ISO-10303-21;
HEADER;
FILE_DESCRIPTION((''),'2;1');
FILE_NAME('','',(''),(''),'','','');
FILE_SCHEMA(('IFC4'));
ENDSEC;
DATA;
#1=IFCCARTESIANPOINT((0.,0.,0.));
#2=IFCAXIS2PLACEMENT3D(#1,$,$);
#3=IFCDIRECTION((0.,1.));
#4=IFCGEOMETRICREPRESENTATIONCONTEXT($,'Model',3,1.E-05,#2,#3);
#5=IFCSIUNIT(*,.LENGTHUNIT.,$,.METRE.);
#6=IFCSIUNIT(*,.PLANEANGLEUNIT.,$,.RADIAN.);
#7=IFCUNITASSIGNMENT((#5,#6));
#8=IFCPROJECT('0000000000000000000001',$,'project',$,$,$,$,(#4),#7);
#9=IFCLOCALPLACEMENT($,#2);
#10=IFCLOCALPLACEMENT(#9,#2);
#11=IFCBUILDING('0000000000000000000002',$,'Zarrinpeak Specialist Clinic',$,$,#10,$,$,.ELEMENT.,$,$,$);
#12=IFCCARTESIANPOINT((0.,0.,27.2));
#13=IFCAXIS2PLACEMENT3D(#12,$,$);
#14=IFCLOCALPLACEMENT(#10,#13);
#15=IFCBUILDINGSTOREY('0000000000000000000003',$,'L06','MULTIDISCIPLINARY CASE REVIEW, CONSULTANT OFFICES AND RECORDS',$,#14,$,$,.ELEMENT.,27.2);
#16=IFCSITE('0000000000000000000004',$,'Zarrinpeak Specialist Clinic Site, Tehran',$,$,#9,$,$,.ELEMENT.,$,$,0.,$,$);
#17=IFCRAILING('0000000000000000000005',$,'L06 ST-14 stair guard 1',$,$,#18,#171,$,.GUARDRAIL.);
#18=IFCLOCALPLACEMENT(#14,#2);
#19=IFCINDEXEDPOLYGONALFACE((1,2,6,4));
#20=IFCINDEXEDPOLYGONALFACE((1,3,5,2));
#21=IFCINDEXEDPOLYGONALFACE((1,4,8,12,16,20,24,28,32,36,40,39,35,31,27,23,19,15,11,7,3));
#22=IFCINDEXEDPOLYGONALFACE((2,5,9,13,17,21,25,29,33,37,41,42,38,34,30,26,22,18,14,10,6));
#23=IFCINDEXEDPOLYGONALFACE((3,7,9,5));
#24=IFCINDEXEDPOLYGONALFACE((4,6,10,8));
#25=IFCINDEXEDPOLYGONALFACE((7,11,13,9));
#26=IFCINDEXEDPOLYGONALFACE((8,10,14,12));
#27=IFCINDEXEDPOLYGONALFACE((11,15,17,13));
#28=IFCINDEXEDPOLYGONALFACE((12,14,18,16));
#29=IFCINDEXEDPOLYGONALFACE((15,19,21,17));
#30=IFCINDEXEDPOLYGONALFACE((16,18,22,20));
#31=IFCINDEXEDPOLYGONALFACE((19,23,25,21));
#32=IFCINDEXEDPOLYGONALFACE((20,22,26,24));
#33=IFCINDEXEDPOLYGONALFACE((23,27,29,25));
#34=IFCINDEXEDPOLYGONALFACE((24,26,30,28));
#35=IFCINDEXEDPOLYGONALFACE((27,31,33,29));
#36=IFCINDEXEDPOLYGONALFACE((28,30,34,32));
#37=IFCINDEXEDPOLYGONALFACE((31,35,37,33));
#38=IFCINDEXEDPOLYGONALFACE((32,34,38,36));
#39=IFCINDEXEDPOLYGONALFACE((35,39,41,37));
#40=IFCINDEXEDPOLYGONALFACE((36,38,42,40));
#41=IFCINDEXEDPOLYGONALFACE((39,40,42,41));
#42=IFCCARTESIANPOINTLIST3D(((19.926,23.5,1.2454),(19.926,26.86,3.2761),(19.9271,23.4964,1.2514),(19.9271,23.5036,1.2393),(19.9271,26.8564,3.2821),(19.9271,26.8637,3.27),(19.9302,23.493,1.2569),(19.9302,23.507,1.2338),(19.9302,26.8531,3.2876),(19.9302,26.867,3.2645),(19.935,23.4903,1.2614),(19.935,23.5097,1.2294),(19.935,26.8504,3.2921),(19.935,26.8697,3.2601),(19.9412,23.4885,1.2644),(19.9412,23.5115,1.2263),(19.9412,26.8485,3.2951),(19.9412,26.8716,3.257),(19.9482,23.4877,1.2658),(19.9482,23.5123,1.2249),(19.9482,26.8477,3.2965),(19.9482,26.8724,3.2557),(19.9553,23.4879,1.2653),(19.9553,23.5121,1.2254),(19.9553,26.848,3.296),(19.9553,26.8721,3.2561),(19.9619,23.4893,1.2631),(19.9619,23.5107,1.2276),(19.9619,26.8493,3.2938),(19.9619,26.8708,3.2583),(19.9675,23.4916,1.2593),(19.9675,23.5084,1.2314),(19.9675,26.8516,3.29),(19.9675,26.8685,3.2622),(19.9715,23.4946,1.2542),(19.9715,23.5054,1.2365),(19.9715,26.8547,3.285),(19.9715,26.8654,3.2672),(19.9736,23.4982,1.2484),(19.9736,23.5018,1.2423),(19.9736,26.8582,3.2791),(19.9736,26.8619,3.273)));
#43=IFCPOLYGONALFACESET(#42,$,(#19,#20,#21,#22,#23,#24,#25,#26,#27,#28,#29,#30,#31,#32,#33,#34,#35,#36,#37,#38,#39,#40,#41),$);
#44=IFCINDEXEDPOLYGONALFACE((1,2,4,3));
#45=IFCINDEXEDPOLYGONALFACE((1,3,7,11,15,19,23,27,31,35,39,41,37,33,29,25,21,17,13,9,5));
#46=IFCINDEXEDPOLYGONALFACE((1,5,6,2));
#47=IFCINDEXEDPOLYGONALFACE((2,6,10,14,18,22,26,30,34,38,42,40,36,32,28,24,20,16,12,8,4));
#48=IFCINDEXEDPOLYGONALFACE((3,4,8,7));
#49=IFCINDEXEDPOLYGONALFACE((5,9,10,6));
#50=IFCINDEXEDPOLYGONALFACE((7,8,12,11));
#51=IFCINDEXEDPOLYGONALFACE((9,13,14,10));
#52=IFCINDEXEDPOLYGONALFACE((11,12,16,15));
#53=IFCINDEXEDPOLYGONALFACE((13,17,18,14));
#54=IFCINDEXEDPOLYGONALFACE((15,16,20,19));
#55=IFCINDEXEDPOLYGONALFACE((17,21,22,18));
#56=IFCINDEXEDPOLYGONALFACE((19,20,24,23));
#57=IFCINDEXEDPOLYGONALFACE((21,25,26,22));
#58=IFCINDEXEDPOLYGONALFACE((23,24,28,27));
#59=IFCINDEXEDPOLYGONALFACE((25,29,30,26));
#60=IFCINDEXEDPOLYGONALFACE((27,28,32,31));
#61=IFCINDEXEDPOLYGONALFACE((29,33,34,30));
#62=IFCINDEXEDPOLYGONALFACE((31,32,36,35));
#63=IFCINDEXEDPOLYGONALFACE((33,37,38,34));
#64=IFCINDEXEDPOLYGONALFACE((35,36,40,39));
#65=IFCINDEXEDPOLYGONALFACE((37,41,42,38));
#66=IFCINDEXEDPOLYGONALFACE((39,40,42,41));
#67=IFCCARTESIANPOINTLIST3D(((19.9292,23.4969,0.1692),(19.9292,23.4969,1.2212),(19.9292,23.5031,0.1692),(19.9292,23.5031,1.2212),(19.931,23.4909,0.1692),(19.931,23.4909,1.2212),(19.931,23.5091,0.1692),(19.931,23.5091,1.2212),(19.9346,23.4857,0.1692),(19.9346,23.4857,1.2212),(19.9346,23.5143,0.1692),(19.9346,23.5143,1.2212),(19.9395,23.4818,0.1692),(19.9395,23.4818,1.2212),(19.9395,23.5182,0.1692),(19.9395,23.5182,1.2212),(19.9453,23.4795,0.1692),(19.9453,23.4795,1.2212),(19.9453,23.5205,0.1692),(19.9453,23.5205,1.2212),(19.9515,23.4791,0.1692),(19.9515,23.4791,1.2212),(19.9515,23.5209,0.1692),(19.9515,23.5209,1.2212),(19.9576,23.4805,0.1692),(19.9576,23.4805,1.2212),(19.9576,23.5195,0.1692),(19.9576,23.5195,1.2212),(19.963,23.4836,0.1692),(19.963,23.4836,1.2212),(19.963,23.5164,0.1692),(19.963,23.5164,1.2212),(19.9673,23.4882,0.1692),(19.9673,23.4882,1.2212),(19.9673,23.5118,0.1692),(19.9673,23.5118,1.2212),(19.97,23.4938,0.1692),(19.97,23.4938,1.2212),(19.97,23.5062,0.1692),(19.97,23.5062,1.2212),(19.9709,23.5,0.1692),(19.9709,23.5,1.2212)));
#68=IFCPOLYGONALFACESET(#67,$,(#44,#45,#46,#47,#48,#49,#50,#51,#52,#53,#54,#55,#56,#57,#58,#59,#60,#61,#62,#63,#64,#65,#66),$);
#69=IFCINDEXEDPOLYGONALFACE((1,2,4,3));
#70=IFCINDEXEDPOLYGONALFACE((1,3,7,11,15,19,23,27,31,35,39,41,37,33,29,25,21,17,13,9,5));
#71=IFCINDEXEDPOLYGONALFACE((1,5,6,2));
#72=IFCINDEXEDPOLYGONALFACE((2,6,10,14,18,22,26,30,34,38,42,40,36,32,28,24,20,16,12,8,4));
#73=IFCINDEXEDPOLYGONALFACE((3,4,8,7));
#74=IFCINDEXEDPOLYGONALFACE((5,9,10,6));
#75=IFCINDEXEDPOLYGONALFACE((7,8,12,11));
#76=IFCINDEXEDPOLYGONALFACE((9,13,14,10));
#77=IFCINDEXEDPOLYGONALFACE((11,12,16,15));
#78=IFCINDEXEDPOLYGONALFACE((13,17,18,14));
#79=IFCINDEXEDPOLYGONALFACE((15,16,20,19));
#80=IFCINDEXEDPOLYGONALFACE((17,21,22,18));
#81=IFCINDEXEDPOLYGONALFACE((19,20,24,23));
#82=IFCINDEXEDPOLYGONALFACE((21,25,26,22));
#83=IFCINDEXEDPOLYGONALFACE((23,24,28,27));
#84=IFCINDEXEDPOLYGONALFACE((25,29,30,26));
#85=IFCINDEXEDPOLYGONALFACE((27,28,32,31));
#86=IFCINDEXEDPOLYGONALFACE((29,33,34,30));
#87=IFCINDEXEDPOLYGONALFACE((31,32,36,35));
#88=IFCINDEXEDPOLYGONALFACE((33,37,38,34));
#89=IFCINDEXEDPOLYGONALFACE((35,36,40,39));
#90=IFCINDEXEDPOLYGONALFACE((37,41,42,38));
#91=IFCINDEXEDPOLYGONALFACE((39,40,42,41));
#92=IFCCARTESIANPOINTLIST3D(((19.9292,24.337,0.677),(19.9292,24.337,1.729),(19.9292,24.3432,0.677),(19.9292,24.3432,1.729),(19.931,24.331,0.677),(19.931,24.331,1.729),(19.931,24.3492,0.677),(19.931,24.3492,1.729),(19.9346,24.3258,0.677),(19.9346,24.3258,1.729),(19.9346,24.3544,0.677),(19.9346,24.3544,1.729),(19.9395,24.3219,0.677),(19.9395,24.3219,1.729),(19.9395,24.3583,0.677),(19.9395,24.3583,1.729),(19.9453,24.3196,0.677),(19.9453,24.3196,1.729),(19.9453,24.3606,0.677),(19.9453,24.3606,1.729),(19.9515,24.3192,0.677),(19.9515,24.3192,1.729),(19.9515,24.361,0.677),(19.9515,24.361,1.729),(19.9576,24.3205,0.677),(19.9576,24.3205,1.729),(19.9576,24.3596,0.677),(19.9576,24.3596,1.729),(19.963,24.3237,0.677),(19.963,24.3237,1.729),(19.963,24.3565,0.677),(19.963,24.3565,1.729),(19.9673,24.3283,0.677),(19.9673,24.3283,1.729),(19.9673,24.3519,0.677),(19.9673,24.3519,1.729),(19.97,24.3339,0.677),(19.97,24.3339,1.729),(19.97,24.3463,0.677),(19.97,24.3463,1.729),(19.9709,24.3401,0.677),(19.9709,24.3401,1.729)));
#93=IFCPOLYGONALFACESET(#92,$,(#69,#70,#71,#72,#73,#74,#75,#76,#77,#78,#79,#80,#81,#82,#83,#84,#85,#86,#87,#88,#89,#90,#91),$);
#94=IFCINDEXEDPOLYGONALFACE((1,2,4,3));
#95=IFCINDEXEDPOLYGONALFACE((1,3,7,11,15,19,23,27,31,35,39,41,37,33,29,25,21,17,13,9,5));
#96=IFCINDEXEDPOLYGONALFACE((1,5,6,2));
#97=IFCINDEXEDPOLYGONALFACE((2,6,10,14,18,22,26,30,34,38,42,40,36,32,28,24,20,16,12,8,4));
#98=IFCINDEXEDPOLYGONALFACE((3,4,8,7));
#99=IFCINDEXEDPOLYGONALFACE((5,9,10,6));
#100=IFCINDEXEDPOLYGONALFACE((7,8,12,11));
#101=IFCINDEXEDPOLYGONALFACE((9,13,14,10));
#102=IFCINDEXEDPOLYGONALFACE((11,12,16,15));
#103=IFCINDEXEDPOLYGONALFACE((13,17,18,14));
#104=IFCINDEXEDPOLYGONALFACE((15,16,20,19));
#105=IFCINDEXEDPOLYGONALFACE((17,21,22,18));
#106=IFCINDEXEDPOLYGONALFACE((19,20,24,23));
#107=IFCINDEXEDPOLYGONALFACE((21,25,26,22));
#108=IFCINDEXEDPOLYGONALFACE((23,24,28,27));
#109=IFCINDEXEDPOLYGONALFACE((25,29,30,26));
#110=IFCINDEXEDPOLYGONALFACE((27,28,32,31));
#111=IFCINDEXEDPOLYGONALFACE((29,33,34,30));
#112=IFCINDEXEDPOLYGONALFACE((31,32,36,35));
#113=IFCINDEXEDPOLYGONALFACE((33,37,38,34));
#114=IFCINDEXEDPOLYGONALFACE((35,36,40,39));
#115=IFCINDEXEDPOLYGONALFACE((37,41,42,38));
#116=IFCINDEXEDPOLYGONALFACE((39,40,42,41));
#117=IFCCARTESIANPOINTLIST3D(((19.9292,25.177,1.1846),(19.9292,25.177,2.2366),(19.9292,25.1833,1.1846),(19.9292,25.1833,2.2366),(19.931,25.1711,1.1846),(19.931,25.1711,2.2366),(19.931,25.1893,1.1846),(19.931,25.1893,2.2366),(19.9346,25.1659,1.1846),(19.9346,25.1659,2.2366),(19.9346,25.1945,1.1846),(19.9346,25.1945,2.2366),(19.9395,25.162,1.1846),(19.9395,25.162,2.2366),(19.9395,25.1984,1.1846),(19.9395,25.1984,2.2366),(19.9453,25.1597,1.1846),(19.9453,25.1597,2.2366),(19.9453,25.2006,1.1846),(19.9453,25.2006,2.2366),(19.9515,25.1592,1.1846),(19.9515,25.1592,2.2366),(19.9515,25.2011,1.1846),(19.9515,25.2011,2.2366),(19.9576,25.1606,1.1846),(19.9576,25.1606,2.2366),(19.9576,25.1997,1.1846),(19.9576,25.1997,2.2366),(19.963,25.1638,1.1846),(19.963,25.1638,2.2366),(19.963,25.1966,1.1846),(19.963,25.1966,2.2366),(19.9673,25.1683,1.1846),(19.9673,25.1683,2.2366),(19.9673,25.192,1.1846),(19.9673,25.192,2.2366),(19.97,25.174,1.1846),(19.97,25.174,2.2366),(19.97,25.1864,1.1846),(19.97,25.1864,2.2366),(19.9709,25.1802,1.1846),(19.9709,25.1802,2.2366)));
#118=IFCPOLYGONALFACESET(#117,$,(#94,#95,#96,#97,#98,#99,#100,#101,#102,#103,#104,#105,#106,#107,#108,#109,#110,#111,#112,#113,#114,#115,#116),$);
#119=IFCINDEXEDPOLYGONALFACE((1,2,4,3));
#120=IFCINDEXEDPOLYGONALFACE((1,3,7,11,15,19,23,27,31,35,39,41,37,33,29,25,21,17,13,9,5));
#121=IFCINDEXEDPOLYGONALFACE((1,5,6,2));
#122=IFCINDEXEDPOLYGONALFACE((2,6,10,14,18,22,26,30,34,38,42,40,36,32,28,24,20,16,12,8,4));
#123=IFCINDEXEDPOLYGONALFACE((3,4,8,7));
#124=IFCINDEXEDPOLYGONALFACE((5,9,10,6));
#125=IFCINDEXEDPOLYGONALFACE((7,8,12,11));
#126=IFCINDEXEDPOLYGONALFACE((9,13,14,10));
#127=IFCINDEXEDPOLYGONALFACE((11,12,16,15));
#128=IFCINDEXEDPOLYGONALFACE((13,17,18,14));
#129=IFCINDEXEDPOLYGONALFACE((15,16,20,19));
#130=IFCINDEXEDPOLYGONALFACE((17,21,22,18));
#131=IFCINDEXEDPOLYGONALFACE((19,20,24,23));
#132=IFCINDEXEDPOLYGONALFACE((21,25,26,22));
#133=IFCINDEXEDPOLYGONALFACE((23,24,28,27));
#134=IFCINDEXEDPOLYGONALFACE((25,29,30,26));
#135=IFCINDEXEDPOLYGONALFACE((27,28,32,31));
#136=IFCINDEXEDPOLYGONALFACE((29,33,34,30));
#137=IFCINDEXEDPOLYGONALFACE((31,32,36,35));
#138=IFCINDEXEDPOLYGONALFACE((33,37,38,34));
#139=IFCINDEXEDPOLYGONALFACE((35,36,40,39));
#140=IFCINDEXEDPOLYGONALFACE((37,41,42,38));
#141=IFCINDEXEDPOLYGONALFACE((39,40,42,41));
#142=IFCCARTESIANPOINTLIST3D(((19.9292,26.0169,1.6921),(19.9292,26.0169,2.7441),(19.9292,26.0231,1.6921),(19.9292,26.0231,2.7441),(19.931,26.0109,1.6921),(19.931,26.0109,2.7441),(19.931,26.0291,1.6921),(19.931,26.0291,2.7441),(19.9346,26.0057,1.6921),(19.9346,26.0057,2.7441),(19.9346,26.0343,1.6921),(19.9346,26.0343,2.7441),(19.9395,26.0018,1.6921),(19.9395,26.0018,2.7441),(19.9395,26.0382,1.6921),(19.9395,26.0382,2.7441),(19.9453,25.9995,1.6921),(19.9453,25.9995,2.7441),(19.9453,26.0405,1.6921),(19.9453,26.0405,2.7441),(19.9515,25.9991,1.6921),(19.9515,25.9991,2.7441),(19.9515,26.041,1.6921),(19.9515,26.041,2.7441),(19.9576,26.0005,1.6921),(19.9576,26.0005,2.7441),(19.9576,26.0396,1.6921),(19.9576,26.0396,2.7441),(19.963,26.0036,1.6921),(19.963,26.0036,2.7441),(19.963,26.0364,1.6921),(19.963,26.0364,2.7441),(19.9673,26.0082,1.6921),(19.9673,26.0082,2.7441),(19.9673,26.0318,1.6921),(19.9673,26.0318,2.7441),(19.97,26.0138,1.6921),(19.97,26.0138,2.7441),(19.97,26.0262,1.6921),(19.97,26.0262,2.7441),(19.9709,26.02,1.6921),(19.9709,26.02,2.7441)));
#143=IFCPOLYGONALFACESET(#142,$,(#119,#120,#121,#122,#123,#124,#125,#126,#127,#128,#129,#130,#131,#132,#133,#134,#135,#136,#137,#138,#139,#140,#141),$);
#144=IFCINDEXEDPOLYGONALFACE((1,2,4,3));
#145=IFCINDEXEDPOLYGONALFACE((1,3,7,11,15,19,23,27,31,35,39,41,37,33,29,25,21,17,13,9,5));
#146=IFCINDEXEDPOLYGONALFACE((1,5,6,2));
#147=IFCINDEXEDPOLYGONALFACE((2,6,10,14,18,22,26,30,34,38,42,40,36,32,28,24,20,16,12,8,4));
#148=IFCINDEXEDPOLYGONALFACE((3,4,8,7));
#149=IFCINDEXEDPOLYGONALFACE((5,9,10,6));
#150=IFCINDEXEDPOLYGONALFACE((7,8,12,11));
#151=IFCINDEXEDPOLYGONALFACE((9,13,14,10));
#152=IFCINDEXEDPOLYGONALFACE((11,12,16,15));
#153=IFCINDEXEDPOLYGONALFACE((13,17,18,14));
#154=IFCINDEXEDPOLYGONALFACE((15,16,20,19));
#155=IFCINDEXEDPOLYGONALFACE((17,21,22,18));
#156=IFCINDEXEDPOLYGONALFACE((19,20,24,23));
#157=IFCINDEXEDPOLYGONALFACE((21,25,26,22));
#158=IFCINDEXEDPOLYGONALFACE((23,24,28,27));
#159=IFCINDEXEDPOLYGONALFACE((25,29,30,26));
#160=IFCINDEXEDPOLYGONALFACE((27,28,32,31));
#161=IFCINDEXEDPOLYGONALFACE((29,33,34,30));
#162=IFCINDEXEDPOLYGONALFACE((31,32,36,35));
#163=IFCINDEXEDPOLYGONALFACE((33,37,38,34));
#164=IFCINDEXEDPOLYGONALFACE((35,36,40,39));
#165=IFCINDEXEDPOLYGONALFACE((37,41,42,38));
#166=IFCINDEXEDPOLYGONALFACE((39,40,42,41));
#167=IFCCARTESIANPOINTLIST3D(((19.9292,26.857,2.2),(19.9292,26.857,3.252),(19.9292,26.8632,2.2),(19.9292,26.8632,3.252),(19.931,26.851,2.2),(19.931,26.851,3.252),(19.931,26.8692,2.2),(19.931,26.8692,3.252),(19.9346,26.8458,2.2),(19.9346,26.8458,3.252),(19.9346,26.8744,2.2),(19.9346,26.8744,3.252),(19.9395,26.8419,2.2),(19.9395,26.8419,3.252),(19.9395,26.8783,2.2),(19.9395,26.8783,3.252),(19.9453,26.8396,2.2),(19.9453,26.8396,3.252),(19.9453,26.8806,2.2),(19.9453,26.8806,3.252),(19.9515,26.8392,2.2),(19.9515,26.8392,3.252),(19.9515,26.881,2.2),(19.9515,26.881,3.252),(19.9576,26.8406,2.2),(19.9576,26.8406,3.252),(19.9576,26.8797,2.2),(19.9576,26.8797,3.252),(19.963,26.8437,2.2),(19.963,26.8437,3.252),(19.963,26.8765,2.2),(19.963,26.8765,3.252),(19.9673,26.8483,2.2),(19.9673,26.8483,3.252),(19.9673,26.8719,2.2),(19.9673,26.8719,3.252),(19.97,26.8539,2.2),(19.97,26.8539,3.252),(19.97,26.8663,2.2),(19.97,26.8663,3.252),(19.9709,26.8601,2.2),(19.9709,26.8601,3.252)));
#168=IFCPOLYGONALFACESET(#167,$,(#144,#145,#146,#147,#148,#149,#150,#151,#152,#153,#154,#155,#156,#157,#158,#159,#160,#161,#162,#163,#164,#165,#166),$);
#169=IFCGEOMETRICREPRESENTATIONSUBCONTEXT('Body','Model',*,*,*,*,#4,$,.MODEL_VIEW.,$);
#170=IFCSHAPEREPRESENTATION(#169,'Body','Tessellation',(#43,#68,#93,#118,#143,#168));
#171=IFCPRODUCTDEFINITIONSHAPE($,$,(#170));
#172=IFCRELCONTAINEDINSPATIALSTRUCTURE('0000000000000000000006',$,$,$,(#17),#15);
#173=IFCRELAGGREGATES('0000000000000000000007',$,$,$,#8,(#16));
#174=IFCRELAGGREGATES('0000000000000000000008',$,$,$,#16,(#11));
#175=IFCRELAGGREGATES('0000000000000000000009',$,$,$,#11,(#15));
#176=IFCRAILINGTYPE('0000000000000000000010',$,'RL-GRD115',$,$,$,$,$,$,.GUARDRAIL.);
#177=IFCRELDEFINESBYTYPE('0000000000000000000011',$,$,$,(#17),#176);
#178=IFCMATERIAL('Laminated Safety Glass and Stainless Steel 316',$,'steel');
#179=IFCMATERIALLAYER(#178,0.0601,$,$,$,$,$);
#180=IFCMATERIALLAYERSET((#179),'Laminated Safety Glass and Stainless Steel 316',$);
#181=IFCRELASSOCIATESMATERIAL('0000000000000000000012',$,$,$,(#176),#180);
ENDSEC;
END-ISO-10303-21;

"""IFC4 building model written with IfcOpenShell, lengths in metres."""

from ifc_helpers import new_model, si_unit, direction, frame, origin, origin_2d, place, context, subcontext, project, spatial, circle, extrude, material, layer, layer_set, type_object, element, save


model = new_model("IFC4")

# Units and contexts
model_context = context("Model", 3, precision=1e-05, world=origin(), true_north=direction((0.0, 1.0)))
body_context = subcontext(model_context, "Body", "Model", "MODEL_VIEW")
ifc_project = project(units=[si_unit("LENGTHUNIT", "METRE"), si_unit("PLANEANGLEUNIT", "RADIAN")], contexts=[model_context])

# Site, building, storey
site_placement = place(None, origin())
site = spatial("IfcSite", under=ifc_project, at=site_placement, Name="Zarrinpeak Specialist Clinic Site, Tehran", CompositionType="ELEMENT", RefElevation=0.0)
building_placement = place(site_placement, origin())
building = spatial("IfcBuilding", under=site, at=building_placement, Name="Zarrinpeak Specialist Clinic", CompositionType="ELEMENT")
storey_placement = place(building_placement, frame((0.0, 0.0, 27.2)))
storey = spatial("IfcBuildingStorey", under=building, at=storey_placement, Name="L06", Description="MULTIDISCIPLINARY CASE REVIEW, CONSULTANT OFFICES AND RECORDS", CompositionType="ELEMENT", Elevation=27.2)

# Railing
ifc_material_1 = material(Name="Laminated Safety Glass and Stainless Steel 316", Category="steel")
ifc_layer_1 = layer(ifc_material_1, 0.0601)
ifc_layer_set_1 = layer_set([ifc_layer_1], Name="Laminated Safety Glass and Stainless Steel 316")
railing_type_1 = type_object("IfcRailingType", Name="RL-GRD115", PredefinedType="GUARDRAIL", material=ifc_layer_set_1)
railing_1_placement = place(storey_placement, frame((19.95, 23.5, 0.1692)))
element("IfcRailing", 1, at=railing_1_placement, inside=storey, type_object=railing_type_1, Name="L06 ST-14 stair guard 1", PredefinedType="GUARDRAIL", context=body_context, shape_type="SweptSolid", body=[
    extrude(circle(Radius=0.0239, at=origin_2d()), frame((0.0, 0.0, 1.0762), z_axis=(0.0, 0.855837, 0.517246), x_axis=(-1.0, 0.0, 0.0)), (0.0, 0.0, 1.0), 3.926),
    extrude(circle(Radius=0.021, at=origin_2d()), origin(), (0.0, 0.0, 1.0), 1.052),
    extrude(circle(Radius=0.021, at=origin_2d()), frame((0.0, 0.8401, 0.5078)), (0.0, 0.0, 1.0), 1.052),
    extrude(circle(Radius=0.021, at=origin_2d()), frame((0.0, 1.6802, 1.0154)), (0.0, 0.0, 1.0), 1.052),
    extrude(circle(Radius=0.021, at=origin_2d()), frame((0.0, 2.52, 1.5229)), (0.0, 0.0, 1.0), 1.052),
    extrude(circle(Radius=0.021, at=origin_2d()), frame((0.0, 3.3601, 2.0308)), (0.0, 0.0, 1.0), 1.052),
])

save(model, "model.ifc")
